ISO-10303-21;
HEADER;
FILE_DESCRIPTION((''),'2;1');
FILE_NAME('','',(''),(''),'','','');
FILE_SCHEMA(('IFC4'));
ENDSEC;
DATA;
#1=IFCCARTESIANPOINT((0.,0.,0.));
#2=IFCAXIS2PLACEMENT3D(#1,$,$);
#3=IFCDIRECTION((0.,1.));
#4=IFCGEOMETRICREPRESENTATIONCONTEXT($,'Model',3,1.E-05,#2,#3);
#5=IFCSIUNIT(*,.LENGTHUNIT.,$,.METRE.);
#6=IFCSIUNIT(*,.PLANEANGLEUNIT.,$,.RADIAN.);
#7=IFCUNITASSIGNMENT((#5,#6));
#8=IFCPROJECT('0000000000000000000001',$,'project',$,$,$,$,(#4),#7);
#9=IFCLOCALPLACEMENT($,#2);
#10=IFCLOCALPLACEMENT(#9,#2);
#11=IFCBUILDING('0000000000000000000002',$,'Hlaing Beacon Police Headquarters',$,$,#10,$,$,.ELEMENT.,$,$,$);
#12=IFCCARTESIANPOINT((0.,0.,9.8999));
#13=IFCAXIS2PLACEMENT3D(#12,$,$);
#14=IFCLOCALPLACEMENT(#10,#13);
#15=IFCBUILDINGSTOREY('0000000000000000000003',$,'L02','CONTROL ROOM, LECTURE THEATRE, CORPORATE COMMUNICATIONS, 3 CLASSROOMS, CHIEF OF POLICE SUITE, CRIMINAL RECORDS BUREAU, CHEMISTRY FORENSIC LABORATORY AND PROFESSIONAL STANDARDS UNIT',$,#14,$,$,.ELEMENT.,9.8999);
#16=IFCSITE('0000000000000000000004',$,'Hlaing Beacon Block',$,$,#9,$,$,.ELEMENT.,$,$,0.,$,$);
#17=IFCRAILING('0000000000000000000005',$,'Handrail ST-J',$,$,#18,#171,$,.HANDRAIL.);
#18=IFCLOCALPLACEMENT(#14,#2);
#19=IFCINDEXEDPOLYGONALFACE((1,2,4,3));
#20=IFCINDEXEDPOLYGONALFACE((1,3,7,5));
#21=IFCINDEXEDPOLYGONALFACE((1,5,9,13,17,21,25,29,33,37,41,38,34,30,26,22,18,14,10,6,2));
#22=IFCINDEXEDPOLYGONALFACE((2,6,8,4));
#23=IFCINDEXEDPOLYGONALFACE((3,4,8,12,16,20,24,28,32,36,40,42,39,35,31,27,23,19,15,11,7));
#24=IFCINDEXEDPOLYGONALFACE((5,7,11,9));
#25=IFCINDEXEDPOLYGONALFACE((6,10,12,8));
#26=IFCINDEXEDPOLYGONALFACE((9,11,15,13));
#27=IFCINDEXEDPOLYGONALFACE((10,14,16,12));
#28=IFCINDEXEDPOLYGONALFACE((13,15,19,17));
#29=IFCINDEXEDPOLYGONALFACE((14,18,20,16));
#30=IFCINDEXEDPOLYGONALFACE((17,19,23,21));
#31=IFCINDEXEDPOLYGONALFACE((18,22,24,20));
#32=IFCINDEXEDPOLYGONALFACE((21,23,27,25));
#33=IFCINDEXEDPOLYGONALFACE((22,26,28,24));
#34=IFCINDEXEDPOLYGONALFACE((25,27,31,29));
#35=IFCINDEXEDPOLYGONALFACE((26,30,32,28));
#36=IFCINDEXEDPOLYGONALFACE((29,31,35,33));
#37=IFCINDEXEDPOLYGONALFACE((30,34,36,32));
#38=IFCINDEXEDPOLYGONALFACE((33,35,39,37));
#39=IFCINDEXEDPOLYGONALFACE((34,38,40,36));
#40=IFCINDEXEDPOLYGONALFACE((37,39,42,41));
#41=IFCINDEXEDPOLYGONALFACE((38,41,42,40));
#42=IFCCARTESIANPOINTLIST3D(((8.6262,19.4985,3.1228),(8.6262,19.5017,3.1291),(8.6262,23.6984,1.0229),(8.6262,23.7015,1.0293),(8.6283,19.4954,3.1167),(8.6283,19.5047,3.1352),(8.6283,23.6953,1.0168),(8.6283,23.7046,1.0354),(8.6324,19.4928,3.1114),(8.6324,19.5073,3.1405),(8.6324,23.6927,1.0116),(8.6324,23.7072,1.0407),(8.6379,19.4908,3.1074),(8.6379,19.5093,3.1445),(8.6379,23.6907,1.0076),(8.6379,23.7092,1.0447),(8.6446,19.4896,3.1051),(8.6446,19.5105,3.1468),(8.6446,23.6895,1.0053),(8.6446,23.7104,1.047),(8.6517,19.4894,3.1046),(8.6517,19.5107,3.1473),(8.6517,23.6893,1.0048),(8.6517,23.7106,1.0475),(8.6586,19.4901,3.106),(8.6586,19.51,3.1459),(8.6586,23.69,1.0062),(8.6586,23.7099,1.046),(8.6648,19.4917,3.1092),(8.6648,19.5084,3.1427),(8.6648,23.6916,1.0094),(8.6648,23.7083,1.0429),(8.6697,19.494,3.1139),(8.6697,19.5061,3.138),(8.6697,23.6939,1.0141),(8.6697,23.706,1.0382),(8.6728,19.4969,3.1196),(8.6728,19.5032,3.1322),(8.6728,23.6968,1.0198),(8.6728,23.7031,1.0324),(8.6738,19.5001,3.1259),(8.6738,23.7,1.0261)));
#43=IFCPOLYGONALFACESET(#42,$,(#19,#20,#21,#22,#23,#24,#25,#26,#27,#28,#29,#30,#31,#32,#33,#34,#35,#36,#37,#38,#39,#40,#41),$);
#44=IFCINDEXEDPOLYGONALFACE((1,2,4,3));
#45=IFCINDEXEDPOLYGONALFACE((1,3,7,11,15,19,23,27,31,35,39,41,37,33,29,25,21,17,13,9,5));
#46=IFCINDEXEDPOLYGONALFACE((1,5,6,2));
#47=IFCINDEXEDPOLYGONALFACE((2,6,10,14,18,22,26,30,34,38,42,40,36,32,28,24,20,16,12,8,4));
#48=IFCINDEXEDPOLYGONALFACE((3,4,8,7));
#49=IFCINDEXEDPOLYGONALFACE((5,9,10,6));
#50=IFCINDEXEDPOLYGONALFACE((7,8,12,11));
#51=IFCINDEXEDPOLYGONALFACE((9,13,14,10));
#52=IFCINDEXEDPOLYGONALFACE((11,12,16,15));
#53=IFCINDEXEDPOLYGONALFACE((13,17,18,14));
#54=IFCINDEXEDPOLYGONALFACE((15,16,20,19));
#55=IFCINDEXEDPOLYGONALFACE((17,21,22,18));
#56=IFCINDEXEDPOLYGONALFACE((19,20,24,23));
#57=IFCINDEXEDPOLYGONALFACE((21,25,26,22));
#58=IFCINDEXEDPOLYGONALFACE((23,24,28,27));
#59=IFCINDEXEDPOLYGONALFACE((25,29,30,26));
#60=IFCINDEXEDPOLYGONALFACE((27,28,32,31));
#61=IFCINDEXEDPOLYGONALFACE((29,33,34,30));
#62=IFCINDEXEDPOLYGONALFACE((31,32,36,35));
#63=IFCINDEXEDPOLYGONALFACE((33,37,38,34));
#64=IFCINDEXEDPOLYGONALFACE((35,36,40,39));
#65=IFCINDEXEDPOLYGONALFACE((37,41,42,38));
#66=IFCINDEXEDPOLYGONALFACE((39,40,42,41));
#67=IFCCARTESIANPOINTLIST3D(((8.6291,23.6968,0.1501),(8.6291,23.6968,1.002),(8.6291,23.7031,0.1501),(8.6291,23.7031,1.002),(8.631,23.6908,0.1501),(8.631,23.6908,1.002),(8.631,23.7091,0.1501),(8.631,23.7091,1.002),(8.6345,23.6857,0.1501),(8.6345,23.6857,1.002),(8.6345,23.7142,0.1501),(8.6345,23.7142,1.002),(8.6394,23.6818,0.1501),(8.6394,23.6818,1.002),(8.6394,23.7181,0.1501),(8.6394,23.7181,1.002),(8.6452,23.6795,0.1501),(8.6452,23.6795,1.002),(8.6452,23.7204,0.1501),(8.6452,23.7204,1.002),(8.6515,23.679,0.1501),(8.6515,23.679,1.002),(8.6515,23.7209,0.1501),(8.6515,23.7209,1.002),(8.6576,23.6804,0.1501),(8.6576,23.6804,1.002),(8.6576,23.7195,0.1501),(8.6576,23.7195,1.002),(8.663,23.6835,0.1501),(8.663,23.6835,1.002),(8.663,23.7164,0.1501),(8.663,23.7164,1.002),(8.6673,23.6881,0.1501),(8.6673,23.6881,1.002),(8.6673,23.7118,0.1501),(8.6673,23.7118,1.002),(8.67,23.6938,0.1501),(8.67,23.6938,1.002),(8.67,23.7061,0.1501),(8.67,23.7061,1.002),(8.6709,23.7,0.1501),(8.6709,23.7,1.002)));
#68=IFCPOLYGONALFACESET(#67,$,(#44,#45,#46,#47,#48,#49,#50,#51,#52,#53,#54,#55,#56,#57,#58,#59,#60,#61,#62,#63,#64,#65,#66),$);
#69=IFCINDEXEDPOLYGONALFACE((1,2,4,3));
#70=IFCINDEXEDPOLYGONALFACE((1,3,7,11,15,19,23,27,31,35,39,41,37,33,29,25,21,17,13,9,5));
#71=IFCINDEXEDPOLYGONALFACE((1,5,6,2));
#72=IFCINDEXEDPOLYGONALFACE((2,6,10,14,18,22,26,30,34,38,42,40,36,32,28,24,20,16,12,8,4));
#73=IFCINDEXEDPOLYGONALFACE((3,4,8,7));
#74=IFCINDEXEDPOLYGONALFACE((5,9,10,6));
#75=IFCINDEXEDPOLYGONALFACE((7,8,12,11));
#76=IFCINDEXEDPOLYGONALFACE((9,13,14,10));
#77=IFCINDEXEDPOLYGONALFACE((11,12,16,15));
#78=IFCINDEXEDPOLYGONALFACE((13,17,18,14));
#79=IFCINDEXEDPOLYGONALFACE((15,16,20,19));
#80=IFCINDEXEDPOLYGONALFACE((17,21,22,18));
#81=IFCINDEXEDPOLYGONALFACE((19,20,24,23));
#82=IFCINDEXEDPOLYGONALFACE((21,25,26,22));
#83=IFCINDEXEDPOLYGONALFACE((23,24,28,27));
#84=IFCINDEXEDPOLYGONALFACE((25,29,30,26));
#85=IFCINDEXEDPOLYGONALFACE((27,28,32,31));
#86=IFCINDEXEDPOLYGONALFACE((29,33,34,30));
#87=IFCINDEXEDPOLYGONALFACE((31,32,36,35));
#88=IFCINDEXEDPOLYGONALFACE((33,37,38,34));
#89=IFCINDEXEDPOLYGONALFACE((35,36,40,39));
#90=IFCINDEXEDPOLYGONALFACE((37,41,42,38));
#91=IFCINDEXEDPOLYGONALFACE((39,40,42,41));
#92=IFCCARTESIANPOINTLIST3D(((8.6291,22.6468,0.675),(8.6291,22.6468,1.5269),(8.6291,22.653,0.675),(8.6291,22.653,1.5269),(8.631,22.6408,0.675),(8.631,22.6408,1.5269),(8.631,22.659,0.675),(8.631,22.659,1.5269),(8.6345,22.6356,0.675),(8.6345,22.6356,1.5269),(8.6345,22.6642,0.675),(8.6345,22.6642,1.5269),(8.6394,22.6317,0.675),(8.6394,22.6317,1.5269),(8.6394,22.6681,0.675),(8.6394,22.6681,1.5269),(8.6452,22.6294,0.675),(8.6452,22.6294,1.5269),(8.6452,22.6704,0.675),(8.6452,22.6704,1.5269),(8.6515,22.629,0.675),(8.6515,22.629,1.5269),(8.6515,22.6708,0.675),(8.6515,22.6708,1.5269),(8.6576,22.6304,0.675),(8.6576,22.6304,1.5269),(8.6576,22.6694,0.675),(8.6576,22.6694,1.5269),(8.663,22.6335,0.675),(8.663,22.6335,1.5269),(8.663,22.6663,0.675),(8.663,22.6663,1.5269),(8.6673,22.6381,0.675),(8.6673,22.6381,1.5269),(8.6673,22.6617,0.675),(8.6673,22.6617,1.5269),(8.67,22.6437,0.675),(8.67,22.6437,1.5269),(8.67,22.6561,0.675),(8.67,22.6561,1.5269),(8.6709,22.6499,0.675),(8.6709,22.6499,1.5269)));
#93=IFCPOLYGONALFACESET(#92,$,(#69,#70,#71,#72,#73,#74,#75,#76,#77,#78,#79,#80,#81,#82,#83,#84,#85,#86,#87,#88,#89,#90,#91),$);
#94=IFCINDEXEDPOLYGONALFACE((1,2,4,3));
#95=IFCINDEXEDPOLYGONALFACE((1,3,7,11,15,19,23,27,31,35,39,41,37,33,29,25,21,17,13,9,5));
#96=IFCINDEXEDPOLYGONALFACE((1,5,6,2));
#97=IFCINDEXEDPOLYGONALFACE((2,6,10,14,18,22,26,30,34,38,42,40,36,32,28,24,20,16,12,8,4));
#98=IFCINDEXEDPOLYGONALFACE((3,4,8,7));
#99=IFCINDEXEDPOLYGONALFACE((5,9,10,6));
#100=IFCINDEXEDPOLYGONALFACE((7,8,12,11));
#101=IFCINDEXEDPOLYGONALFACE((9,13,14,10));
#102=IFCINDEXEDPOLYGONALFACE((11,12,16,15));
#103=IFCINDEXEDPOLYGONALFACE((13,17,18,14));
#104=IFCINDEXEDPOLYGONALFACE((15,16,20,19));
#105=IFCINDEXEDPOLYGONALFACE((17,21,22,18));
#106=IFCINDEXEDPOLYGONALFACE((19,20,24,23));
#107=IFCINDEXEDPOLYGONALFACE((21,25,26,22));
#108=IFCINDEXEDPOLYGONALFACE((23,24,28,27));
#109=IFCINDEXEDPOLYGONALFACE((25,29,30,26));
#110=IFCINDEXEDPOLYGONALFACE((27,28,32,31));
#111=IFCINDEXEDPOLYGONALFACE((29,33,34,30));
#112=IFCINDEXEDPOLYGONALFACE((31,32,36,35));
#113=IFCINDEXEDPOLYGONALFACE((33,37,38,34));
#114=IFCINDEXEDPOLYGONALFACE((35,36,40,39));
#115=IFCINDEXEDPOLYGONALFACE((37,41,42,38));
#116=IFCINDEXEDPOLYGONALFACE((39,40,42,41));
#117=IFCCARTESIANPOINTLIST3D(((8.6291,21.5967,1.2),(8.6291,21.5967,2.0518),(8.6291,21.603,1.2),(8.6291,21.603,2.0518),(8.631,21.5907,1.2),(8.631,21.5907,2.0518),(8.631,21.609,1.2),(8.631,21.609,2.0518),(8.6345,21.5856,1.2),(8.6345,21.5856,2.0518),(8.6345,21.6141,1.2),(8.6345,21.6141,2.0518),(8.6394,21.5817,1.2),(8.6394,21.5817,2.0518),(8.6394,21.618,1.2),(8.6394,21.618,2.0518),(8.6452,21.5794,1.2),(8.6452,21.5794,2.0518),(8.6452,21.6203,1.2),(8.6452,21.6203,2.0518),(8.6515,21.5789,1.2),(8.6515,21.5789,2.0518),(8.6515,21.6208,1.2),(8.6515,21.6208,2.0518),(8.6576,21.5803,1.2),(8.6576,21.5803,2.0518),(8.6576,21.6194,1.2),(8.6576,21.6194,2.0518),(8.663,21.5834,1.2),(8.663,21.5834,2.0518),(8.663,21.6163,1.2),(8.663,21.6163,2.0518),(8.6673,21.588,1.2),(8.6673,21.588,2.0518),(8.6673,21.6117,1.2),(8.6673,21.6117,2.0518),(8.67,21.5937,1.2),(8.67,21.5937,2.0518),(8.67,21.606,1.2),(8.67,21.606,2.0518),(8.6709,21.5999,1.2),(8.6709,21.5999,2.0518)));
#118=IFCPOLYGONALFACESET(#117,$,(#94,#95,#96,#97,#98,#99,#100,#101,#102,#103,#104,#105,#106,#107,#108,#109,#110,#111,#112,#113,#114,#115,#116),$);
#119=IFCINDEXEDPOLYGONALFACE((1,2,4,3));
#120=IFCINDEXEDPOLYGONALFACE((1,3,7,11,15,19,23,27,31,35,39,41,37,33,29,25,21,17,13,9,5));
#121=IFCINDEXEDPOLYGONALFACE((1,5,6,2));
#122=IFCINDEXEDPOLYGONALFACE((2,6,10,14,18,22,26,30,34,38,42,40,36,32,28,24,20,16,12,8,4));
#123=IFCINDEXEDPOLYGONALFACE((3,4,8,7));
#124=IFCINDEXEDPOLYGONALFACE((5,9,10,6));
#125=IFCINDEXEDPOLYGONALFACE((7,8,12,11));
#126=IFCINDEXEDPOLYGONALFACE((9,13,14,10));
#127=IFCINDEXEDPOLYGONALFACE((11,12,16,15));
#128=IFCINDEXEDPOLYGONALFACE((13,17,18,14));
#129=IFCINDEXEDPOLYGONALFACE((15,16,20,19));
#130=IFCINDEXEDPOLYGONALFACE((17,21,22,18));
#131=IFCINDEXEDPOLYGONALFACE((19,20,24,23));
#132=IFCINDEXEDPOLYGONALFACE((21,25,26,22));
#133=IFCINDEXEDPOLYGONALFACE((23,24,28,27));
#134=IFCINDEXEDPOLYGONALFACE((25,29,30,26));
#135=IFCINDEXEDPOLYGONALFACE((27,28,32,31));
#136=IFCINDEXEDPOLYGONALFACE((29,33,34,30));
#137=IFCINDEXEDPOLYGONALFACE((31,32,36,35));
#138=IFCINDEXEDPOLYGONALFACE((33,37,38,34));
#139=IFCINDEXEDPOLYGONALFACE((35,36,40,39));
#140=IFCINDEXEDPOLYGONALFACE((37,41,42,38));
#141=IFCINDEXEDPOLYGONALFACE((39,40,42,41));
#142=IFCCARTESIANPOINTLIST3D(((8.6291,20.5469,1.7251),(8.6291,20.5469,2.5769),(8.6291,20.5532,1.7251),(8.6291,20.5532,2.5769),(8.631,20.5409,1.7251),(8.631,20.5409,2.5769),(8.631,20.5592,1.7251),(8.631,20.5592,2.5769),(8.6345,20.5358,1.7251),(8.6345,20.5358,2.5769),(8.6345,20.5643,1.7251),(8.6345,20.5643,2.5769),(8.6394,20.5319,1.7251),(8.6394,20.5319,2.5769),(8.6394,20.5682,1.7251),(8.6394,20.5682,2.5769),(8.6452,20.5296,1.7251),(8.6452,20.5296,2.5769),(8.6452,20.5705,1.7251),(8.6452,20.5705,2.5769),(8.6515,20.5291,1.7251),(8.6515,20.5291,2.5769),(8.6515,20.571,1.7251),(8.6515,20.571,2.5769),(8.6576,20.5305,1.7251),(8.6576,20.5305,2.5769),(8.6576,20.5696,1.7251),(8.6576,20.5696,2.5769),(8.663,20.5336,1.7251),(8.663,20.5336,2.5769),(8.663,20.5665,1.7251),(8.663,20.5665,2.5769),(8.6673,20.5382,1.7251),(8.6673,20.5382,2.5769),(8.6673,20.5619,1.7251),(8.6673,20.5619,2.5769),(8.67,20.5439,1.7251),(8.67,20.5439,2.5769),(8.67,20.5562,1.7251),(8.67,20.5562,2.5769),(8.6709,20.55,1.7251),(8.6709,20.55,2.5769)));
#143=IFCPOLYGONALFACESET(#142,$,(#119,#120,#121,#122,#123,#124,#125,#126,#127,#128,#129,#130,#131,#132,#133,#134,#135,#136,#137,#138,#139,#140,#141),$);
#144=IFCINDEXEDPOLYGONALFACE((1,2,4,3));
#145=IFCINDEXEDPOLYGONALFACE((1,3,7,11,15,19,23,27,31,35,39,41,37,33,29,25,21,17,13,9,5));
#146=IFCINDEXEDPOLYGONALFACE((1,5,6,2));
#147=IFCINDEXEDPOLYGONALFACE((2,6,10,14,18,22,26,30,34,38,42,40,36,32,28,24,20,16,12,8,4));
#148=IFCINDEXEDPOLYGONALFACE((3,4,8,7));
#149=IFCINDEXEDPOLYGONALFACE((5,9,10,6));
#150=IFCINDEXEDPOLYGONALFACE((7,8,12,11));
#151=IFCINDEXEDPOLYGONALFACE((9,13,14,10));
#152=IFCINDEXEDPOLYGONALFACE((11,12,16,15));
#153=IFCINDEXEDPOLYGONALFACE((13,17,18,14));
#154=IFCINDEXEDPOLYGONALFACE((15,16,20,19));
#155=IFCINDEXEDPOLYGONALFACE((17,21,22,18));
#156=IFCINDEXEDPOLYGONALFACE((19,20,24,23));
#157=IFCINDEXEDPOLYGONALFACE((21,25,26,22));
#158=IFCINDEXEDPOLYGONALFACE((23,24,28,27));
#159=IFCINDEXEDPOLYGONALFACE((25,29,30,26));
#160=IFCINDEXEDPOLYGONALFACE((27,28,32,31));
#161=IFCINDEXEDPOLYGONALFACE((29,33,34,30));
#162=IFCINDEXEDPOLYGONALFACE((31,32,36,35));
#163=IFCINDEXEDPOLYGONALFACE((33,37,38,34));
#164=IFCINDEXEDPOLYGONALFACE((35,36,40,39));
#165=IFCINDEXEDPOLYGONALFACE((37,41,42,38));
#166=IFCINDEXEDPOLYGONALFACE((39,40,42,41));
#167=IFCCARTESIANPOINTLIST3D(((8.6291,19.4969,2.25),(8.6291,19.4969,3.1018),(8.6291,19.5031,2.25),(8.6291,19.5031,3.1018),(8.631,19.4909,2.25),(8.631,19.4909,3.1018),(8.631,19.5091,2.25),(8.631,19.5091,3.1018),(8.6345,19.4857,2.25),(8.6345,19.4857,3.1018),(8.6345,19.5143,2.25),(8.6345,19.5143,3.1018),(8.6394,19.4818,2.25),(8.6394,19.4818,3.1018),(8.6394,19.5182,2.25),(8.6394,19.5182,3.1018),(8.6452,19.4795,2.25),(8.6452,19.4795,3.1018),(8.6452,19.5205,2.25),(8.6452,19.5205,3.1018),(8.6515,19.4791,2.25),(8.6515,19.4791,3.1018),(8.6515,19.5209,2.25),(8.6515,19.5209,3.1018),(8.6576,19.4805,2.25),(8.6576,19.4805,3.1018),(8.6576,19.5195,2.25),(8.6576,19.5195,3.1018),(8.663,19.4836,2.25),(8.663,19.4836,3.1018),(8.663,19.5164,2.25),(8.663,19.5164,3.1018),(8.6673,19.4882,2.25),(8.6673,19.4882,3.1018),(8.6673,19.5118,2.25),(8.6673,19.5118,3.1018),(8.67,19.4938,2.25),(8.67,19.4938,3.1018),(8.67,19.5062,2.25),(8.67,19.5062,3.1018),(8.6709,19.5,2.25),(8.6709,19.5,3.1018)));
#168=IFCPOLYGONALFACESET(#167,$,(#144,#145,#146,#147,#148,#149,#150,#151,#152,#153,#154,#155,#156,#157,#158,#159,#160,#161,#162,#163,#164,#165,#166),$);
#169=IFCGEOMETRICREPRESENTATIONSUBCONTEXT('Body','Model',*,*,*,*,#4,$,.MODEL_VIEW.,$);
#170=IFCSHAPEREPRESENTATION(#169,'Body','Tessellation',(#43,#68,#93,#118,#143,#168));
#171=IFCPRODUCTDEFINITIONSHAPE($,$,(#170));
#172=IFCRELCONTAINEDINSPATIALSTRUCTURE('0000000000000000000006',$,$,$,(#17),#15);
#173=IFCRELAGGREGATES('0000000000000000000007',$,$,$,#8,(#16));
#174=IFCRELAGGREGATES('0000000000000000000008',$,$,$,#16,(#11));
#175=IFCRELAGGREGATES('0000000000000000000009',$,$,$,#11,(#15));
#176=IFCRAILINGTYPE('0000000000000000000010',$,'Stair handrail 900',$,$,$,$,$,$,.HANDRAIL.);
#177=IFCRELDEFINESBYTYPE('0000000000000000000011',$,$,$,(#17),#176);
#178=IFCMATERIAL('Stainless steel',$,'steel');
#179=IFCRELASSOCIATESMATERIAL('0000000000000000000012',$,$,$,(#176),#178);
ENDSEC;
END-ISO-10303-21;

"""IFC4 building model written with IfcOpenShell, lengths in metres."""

from ifc_helpers import new_model, si_unit, direction, frame, origin, origin_2d, place, context, subcontext, project, spatial, circle, extrude, material, type_object, element, save


model = new_model("IFC4")

# Units and contexts
model_context = context("Model", 3, precision=1e-05, world=origin(), true_north=direction((0.0, 1.0)))
body_context = subcontext(model_context, "Body", "Model", "MODEL_VIEW")
ifc_project = project(units=[si_unit("LENGTHUNIT", "METRE"), si_unit("PLANEANGLEUNIT", "RADIAN")], contexts=[model_context])

# Site, building, storey
site_placement = place(None, origin())
site = spatial("IfcSite", under=ifc_project, at=site_placement, Name="Hlaing Beacon Block", CompositionType="ELEMENT", RefElevation=0.0)
building_placement = place(site_placement, origin())
building = spatial("IfcBuilding", under=site, at=building_placement, Name="Hlaing Beacon Police Headquarters", CompositionType="ELEMENT")
storey_placement = place(building_placement, frame((0.0, 0.0, 9.8999)))
storey = spatial("IfcBuildingStorey", under=building, at=storey_placement, Name="L02", Description="CONTROL ROOM, LECTURE THEATRE, CORPORATE COMMUNICATIONS, 3 CLASSROOMS, CHIEF OF POLICE SUITE, CRIMINAL RECORDS BUREAU, CHEMISTRY FORENSIC LABORATORY AND PROFESSIONAL STANDARDS UNIT", CompositionType="ELEMENT", Elevation=9.8999)

# Railing
ifc_material_1 = material(Name="Stainless steel", Category="steel")
railing_type_1 = type_object("IfcRailingType", Name="Stair handrail 900", PredefinedType="HANDRAIL", material=ifc_material_1)
for number, where, name in (
    (1, (8.6499, 23.7, 0.1501), "Handrail ST-J"),
):
    element("IfcRailing", number, at=place(storey_placement, frame(where)), inside=storey, type_object=railing_type_1, Name=name, PredefinedType="HANDRAIL", context=body_context, shape_type="SweptSolid", body=[
        extrude(circle(Radius=0.0239, at=origin_2d()), frame((0.0, 0.0, 0.876), z_axis=(0.0, -0.894438, 0.447193), x_axis=(1.0, 0.0, 0.0)), (0.0, 0.0, 1.0), 4.6956),
        extrude(circle(Radius=0.021, at=origin_2d()), origin(), (0.0, 0.0, 1.0), 0.8518),
        extrude(circle(Radius=0.021, at=origin_2d()), frame((0.0, -1.05, 0.5249)), (0.0, 0.0, 1.0), 0.8518),
        extrude(circle(Radius=0.021, at=origin_2d()), frame((0.0, -2.1001, 1.0498)), (0.0, 0.0, 1.0), 0.8518),
        extrude(circle(Radius=0.021, at=origin_2d()), frame((0.0, -3.1499, 1.575)), (0.0, 0.0, 1.0), 0.8518),
        extrude(circle(Radius=0.021, at=origin_2d()), frame((0.0, -4.2, 2.0999)), (0.0, 0.0, 1.0), 0.8518),
    ])

save(model, "model.ifc")
